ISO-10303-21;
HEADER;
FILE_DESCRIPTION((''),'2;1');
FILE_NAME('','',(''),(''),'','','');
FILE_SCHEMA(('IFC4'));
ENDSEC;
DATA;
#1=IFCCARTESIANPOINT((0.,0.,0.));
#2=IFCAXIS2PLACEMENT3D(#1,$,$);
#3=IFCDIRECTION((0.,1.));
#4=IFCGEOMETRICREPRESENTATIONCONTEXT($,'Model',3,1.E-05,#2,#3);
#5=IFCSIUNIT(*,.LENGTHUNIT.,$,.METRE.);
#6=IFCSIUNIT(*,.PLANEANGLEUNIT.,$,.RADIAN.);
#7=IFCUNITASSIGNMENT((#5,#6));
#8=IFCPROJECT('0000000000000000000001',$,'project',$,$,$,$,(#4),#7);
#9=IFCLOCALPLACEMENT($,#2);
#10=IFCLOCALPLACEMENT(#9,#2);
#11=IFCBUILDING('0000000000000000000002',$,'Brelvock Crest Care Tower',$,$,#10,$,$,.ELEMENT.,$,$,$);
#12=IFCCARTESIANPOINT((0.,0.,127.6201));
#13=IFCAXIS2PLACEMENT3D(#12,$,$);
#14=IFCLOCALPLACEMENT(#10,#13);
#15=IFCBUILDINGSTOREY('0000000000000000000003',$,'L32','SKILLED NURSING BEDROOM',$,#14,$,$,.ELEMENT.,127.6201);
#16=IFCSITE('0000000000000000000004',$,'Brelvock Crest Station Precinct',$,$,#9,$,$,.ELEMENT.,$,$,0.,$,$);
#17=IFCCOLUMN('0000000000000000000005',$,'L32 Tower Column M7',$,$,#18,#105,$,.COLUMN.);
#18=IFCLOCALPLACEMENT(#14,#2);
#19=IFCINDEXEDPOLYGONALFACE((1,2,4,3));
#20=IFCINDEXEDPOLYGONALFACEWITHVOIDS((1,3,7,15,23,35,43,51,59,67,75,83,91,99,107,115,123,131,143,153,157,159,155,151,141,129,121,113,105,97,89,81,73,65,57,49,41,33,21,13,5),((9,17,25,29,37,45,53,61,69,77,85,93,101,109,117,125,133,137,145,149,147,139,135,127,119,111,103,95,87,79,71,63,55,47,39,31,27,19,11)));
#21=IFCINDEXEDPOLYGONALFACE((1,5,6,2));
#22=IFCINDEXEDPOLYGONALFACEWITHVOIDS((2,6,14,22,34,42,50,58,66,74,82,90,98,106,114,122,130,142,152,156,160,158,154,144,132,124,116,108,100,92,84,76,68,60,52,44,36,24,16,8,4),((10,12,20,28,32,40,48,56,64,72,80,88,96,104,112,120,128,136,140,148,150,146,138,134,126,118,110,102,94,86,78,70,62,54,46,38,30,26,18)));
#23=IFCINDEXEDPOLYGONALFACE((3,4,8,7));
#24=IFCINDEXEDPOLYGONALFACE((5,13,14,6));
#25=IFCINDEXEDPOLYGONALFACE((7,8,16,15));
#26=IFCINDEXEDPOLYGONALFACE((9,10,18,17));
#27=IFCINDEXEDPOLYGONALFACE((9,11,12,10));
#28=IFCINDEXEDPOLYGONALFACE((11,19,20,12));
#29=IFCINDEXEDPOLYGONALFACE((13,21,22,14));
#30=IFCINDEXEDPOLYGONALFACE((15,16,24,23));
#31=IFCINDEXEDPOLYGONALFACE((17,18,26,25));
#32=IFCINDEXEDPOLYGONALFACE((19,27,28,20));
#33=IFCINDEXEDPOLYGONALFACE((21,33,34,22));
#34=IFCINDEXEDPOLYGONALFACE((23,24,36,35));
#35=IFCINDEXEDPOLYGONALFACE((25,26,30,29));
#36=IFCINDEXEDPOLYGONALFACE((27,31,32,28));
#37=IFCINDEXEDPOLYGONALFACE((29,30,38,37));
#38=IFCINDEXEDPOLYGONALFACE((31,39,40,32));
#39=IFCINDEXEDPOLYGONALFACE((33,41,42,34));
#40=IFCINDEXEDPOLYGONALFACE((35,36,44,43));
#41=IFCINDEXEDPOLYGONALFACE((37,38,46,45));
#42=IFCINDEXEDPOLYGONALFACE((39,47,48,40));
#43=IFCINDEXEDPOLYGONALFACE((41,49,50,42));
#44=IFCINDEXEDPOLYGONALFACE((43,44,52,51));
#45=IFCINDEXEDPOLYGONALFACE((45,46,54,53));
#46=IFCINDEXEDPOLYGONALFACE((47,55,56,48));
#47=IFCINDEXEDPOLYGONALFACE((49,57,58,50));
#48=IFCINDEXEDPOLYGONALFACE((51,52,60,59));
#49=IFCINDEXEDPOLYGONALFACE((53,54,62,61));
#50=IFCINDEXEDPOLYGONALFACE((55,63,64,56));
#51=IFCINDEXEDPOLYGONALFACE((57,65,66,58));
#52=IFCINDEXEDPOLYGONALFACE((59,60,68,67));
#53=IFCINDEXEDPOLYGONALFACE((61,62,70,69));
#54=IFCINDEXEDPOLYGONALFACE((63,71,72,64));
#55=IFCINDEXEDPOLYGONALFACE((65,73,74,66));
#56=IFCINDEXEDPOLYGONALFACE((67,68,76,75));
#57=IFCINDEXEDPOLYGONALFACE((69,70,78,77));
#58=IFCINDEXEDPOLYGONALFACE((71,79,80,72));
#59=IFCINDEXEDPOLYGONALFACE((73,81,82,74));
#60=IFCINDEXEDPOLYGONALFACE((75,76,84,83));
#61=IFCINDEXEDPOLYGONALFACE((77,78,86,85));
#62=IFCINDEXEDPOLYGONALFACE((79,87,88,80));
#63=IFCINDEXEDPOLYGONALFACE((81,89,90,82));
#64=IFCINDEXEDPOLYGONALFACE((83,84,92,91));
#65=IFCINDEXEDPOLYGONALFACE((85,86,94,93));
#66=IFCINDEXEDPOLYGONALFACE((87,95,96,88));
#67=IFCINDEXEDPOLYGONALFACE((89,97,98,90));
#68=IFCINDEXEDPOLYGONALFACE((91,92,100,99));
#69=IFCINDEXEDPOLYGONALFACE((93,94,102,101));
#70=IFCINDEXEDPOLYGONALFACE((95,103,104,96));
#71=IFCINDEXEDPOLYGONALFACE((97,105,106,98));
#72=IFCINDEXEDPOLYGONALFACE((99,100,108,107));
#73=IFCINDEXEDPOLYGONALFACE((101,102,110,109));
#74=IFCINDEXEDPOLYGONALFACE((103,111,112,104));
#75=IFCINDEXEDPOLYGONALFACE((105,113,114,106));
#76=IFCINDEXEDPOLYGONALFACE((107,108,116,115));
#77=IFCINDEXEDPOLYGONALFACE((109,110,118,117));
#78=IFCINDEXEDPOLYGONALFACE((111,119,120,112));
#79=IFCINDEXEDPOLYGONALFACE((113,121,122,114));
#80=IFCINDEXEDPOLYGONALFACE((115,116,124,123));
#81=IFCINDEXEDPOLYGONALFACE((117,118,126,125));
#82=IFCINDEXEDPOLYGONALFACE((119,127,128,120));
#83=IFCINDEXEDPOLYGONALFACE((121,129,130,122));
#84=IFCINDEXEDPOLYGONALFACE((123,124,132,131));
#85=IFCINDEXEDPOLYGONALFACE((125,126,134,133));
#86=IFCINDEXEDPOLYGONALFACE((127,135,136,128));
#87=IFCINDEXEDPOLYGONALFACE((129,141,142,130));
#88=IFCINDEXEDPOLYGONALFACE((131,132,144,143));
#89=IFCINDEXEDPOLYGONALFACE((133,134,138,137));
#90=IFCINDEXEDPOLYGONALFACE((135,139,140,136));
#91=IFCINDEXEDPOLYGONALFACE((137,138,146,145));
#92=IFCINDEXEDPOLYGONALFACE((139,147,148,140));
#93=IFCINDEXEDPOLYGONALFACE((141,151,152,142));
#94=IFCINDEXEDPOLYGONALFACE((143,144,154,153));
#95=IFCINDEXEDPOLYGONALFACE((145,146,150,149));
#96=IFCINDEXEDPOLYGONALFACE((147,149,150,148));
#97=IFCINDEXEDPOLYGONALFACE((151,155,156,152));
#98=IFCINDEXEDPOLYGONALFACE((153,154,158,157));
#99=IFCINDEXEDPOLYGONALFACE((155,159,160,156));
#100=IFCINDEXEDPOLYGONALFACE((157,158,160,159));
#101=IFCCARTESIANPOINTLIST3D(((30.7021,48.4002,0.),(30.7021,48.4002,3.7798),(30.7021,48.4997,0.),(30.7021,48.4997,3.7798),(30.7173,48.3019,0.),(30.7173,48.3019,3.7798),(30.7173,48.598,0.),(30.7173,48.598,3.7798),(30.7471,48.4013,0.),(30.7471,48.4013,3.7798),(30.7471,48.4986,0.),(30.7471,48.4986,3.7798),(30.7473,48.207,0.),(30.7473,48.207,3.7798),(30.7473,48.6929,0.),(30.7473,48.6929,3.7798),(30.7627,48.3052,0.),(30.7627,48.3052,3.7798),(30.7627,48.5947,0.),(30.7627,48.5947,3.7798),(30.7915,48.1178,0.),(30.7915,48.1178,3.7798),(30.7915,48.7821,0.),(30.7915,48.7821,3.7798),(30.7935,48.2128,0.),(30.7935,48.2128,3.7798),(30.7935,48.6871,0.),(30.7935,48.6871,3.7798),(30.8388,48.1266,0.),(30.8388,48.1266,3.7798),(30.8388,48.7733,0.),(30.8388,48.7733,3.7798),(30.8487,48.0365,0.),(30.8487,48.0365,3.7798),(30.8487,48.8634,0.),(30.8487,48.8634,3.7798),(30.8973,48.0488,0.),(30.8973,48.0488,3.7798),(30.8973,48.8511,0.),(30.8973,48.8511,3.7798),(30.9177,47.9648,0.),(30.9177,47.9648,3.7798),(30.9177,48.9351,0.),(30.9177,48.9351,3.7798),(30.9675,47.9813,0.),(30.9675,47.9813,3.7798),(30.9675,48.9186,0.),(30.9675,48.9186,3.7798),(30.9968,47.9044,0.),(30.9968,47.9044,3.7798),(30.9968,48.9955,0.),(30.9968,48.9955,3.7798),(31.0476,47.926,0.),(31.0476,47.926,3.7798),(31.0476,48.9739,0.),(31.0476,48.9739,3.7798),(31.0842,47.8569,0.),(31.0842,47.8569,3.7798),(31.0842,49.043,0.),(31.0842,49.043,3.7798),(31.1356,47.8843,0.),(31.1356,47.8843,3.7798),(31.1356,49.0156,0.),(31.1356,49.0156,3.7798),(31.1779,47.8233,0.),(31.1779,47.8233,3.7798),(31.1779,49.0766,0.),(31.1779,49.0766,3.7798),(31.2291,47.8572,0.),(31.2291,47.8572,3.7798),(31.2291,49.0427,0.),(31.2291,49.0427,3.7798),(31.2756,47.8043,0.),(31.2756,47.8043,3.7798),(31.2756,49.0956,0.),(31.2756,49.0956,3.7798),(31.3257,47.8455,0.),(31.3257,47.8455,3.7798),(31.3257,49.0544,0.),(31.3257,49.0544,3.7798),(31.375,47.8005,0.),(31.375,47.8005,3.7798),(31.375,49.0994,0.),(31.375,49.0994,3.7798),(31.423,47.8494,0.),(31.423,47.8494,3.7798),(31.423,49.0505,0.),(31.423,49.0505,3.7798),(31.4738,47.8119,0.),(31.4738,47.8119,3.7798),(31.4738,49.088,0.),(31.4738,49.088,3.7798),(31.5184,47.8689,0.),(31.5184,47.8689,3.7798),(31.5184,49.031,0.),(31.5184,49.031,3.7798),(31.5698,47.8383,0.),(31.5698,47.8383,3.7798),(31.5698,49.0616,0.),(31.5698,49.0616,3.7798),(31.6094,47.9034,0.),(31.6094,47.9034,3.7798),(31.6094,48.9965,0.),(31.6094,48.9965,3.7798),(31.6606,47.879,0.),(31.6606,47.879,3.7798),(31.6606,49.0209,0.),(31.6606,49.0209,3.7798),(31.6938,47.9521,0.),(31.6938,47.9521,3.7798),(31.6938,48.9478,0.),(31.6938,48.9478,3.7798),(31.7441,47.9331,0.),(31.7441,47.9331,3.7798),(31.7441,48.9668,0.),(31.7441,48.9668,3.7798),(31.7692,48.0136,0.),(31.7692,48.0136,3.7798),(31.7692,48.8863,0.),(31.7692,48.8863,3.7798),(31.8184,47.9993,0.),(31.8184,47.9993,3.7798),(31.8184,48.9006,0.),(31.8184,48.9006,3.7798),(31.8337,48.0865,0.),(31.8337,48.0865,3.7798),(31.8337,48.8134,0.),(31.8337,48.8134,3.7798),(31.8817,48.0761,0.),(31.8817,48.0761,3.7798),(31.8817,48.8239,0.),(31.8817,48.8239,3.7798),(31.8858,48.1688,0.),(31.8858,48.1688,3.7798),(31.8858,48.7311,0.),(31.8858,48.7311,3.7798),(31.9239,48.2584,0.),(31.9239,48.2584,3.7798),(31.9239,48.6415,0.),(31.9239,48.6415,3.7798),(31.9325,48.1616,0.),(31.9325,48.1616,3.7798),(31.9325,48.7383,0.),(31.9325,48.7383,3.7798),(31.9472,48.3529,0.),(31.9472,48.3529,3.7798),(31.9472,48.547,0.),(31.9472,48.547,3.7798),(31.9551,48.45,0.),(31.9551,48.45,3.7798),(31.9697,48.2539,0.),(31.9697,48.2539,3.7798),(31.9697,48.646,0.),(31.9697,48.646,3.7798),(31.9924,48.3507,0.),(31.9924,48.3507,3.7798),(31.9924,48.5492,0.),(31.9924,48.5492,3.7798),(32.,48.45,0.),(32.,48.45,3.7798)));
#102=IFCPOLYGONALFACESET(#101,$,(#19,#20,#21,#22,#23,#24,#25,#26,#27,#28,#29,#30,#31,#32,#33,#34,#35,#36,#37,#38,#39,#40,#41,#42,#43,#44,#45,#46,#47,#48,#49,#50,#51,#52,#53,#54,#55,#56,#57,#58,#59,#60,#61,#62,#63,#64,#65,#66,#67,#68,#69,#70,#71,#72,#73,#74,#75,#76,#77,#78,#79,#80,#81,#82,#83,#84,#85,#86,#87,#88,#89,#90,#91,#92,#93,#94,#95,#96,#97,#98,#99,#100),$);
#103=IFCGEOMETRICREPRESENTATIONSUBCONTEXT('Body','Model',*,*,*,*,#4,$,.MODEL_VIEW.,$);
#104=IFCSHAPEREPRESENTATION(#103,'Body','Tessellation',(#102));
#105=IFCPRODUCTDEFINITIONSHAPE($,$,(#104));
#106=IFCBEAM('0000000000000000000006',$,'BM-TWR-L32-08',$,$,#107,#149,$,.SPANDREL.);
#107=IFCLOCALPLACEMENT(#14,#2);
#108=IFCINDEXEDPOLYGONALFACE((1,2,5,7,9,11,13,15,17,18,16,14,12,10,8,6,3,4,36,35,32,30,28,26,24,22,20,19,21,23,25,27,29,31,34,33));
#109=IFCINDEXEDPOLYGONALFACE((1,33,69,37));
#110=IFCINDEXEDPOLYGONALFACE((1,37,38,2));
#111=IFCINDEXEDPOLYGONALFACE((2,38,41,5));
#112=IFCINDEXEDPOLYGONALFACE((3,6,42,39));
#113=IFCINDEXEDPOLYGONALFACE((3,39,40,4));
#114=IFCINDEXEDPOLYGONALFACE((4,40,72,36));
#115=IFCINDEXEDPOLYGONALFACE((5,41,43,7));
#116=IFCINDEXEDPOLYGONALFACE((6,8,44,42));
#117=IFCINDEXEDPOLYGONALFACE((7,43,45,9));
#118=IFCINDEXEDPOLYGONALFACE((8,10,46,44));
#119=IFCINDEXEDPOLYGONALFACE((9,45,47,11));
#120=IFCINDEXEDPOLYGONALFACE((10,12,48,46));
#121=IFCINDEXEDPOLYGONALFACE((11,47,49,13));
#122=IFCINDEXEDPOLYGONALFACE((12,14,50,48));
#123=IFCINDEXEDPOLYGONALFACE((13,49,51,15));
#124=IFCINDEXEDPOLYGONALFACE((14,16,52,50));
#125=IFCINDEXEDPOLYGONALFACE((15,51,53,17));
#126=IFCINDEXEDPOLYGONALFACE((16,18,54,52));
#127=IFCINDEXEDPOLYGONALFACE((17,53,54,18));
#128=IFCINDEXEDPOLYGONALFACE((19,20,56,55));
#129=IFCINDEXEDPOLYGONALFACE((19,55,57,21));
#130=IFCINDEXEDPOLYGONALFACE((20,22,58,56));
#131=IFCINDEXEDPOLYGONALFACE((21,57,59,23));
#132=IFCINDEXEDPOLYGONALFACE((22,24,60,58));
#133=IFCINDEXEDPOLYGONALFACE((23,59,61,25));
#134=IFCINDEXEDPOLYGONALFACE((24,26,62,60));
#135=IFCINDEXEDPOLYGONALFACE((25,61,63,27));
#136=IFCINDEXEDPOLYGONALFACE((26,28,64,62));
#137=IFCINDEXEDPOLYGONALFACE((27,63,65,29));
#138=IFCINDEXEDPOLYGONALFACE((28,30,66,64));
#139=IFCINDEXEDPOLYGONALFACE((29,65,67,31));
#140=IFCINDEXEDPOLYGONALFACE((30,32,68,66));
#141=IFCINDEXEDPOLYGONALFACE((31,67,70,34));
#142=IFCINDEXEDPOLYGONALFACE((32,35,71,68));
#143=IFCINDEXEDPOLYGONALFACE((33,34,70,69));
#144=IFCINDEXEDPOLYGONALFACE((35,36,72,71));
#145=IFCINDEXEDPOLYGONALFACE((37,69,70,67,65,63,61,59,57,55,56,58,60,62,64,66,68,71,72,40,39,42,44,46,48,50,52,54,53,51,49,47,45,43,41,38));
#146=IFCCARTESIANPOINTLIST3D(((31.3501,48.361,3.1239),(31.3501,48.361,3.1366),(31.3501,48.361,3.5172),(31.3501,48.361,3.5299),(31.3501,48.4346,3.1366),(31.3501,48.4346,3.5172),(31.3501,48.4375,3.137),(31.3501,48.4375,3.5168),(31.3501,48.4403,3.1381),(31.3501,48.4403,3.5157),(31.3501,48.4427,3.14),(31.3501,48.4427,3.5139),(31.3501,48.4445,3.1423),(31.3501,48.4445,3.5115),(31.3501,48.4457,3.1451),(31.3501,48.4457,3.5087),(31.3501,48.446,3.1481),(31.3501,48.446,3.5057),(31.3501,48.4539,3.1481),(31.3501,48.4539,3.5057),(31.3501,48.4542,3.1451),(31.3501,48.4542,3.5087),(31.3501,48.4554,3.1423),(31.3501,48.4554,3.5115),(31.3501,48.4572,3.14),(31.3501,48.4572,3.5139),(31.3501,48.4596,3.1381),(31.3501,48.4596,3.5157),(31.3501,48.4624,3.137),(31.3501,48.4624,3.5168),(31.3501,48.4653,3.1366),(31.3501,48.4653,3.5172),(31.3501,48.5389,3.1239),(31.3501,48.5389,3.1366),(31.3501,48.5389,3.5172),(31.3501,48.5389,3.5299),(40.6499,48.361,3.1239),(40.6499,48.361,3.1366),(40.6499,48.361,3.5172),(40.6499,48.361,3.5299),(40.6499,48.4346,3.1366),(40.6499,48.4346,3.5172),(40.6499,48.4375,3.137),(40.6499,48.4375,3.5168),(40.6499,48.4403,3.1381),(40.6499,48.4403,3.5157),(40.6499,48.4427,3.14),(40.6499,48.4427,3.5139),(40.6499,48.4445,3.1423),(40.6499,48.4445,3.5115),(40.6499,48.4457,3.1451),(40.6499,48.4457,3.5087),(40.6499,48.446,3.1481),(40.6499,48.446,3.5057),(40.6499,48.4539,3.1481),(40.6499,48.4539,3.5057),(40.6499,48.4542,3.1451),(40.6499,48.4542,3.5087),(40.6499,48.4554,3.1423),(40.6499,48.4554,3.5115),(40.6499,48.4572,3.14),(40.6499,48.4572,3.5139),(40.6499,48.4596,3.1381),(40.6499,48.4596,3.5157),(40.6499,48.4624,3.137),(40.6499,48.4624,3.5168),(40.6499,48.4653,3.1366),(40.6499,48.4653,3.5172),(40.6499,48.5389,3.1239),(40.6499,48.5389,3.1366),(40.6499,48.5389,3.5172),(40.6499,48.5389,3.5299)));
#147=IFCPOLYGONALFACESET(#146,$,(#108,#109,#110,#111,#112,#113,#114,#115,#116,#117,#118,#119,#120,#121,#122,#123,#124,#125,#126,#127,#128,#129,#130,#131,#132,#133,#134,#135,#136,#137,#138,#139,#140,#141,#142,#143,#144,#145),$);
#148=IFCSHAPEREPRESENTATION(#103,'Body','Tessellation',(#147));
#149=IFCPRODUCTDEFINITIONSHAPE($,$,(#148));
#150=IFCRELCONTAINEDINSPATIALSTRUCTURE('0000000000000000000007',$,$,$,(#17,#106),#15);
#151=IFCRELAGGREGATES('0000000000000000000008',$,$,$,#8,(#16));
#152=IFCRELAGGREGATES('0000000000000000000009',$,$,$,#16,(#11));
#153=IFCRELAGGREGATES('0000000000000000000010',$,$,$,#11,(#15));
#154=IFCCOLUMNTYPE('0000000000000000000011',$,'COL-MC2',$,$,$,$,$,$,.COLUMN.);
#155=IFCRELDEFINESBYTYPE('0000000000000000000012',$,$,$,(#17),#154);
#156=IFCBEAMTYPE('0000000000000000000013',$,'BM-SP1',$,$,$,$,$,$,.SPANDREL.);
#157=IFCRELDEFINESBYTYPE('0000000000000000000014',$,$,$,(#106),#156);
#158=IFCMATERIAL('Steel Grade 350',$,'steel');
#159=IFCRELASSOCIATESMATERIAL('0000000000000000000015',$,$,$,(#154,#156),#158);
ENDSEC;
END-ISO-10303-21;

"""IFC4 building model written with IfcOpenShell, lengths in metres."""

from ifc_helpers import new_model, si_unit, direction, frame, origin, origin_2d, place, context, subcontext, project, spatial, hollow_circle, i_section, extrude, source, transform, mapped, material, material_profile, profile_set, type_object, element, save


model = new_model("IFC4")

# Units and contexts
model_context = context("Model", 3, precision=1e-05, world=origin(), true_north=direction((0.0, 1.0)))
body_context = subcontext(model_context, "Body", "Model", "MODEL_VIEW")
ifc_project = project(units=[si_unit("LENGTHUNIT", "METRE"), si_unit("PLANEANGLEUNIT", "RADIAN")], contexts=[model_context])

# Site, building, storey
site_placement = place(None, origin())
site = spatial("IfcSite", under=ifc_project, at=site_placement, Name="Brelvock Crest Station Precinct", CompositionType="ELEMENT", RefElevation=0.0)
building_placement = place(site_placement, origin())
building = spatial("IfcBuilding", under=site, at=building_placement, Name="Brelvock Crest Care Tower", CompositionType="ELEMENT")
storey_placement = place(building_placement, frame((0.0, 0.0, 127.6201)))
storey = spatial("IfcBuildingStorey", under=building, at=storey_placement, Name="L32", Description="SKILLED NURSING BEDROOM", CompositionType="ELEMENT", Elevation=127.6201)

# Column
ifc_material_1 = material(Name="Steel Grade 350", Category="steel")
ifc_material_profile_1 = material_profile(ifc_material_1, hollow_circle(Radius=0.6499, WallThickness=0.0449, at=origin_2d()), Name="CFT1300x45")
ifc_profile_set_1 = profile_set([ifc_material_profile_1], Name="Steel Grade 350")
column_type = type_object("IfcColumnType", Name="COL-MC2", PredefinedType="COLUMN", material=ifc_profile_set_1)
shared_shape_1 = source(origin(), body_context, "Body", "SweptSolid", [
    extrude(hollow_circle(Radius=0.6499, WallThickness=0.0449, at=origin_2d()), origin(), (0.0, 0.0, 1.0), 3.7798),
])
column_placement = place(storey_placement, frame((31.3501, 48.45, 0.0), z_axis=(0.0, 0.0, 1.0), x_axis=(1.0, 0.0, 0.0)))
element("IfcColumn", 1, at=column_placement, inside=storey, type_object=column_type, Name="L32 Tower Column M7", PredefinedType="COLUMN", context=body_context, shape_type="MappedRepresentation", body=[
    mapped(shared_shape_1, transform((0.0, 0.0, 0.0), x_axis=(1.0, 0.0, 0.0), y_axis=(0.0, 1.0, 0.0), z_axis=(0.0, 0.0, 1.0), scale=1.0)),
])

# Beam
ifc_material_profile_2 = material_profile(ifc_material_1, i_section(OverallWidth=0.178, OverallDepth=0.406, WebThickness=0.0078, FlangeThickness=0.0127, FilletRadius=0.0115, at=origin_2d()), Name="410UB59.7")
ifc_profile_set_2 = profile_set([ifc_material_profile_2], Name="Steel Grade 350")
beam_type_1 = type_object("IfcBeamType", Name="BM-SP1", PredefinedType="SPANDREL", material=ifc_profile_set_2)
shared_shape_2 = source(origin(), body_context, "Body", "SweptSolid", [
    extrude(i_section(OverallWidth=0.178, OverallDepth=0.406, WebThickness=0.0078, FlangeThickness=0.0127, FilletRadius=0.0115, at=origin_2d()), origin(), (0.0, 0.0, 1.0), 9.2998),
])
beam_placement = place(storey_placement, frame((31.3501, 48.45, 3.3269), z_axis=(1.0, 0.0, 0.0), x_axis=(0.0, 1.0, 0.0)))
element("IfcBeam", 2, at=beam_placement, inside=storey, type_object=beam_type_1, Name="BM-TWR-L32-08", PredefinedType="SPANDREL", context=body_context, shape_type="MappedRepresentation", body=[
    mapped(shared_shape_2, transform((0.0, 0.0, 0.0), x_axis=(1.0, 0.0, 0.0), y_axis=(0.0, 1.0, 0.0), z_axis=(0.0, 0.0, 1.0), scale=1.0)),
])

save(model, "model.ifc")
